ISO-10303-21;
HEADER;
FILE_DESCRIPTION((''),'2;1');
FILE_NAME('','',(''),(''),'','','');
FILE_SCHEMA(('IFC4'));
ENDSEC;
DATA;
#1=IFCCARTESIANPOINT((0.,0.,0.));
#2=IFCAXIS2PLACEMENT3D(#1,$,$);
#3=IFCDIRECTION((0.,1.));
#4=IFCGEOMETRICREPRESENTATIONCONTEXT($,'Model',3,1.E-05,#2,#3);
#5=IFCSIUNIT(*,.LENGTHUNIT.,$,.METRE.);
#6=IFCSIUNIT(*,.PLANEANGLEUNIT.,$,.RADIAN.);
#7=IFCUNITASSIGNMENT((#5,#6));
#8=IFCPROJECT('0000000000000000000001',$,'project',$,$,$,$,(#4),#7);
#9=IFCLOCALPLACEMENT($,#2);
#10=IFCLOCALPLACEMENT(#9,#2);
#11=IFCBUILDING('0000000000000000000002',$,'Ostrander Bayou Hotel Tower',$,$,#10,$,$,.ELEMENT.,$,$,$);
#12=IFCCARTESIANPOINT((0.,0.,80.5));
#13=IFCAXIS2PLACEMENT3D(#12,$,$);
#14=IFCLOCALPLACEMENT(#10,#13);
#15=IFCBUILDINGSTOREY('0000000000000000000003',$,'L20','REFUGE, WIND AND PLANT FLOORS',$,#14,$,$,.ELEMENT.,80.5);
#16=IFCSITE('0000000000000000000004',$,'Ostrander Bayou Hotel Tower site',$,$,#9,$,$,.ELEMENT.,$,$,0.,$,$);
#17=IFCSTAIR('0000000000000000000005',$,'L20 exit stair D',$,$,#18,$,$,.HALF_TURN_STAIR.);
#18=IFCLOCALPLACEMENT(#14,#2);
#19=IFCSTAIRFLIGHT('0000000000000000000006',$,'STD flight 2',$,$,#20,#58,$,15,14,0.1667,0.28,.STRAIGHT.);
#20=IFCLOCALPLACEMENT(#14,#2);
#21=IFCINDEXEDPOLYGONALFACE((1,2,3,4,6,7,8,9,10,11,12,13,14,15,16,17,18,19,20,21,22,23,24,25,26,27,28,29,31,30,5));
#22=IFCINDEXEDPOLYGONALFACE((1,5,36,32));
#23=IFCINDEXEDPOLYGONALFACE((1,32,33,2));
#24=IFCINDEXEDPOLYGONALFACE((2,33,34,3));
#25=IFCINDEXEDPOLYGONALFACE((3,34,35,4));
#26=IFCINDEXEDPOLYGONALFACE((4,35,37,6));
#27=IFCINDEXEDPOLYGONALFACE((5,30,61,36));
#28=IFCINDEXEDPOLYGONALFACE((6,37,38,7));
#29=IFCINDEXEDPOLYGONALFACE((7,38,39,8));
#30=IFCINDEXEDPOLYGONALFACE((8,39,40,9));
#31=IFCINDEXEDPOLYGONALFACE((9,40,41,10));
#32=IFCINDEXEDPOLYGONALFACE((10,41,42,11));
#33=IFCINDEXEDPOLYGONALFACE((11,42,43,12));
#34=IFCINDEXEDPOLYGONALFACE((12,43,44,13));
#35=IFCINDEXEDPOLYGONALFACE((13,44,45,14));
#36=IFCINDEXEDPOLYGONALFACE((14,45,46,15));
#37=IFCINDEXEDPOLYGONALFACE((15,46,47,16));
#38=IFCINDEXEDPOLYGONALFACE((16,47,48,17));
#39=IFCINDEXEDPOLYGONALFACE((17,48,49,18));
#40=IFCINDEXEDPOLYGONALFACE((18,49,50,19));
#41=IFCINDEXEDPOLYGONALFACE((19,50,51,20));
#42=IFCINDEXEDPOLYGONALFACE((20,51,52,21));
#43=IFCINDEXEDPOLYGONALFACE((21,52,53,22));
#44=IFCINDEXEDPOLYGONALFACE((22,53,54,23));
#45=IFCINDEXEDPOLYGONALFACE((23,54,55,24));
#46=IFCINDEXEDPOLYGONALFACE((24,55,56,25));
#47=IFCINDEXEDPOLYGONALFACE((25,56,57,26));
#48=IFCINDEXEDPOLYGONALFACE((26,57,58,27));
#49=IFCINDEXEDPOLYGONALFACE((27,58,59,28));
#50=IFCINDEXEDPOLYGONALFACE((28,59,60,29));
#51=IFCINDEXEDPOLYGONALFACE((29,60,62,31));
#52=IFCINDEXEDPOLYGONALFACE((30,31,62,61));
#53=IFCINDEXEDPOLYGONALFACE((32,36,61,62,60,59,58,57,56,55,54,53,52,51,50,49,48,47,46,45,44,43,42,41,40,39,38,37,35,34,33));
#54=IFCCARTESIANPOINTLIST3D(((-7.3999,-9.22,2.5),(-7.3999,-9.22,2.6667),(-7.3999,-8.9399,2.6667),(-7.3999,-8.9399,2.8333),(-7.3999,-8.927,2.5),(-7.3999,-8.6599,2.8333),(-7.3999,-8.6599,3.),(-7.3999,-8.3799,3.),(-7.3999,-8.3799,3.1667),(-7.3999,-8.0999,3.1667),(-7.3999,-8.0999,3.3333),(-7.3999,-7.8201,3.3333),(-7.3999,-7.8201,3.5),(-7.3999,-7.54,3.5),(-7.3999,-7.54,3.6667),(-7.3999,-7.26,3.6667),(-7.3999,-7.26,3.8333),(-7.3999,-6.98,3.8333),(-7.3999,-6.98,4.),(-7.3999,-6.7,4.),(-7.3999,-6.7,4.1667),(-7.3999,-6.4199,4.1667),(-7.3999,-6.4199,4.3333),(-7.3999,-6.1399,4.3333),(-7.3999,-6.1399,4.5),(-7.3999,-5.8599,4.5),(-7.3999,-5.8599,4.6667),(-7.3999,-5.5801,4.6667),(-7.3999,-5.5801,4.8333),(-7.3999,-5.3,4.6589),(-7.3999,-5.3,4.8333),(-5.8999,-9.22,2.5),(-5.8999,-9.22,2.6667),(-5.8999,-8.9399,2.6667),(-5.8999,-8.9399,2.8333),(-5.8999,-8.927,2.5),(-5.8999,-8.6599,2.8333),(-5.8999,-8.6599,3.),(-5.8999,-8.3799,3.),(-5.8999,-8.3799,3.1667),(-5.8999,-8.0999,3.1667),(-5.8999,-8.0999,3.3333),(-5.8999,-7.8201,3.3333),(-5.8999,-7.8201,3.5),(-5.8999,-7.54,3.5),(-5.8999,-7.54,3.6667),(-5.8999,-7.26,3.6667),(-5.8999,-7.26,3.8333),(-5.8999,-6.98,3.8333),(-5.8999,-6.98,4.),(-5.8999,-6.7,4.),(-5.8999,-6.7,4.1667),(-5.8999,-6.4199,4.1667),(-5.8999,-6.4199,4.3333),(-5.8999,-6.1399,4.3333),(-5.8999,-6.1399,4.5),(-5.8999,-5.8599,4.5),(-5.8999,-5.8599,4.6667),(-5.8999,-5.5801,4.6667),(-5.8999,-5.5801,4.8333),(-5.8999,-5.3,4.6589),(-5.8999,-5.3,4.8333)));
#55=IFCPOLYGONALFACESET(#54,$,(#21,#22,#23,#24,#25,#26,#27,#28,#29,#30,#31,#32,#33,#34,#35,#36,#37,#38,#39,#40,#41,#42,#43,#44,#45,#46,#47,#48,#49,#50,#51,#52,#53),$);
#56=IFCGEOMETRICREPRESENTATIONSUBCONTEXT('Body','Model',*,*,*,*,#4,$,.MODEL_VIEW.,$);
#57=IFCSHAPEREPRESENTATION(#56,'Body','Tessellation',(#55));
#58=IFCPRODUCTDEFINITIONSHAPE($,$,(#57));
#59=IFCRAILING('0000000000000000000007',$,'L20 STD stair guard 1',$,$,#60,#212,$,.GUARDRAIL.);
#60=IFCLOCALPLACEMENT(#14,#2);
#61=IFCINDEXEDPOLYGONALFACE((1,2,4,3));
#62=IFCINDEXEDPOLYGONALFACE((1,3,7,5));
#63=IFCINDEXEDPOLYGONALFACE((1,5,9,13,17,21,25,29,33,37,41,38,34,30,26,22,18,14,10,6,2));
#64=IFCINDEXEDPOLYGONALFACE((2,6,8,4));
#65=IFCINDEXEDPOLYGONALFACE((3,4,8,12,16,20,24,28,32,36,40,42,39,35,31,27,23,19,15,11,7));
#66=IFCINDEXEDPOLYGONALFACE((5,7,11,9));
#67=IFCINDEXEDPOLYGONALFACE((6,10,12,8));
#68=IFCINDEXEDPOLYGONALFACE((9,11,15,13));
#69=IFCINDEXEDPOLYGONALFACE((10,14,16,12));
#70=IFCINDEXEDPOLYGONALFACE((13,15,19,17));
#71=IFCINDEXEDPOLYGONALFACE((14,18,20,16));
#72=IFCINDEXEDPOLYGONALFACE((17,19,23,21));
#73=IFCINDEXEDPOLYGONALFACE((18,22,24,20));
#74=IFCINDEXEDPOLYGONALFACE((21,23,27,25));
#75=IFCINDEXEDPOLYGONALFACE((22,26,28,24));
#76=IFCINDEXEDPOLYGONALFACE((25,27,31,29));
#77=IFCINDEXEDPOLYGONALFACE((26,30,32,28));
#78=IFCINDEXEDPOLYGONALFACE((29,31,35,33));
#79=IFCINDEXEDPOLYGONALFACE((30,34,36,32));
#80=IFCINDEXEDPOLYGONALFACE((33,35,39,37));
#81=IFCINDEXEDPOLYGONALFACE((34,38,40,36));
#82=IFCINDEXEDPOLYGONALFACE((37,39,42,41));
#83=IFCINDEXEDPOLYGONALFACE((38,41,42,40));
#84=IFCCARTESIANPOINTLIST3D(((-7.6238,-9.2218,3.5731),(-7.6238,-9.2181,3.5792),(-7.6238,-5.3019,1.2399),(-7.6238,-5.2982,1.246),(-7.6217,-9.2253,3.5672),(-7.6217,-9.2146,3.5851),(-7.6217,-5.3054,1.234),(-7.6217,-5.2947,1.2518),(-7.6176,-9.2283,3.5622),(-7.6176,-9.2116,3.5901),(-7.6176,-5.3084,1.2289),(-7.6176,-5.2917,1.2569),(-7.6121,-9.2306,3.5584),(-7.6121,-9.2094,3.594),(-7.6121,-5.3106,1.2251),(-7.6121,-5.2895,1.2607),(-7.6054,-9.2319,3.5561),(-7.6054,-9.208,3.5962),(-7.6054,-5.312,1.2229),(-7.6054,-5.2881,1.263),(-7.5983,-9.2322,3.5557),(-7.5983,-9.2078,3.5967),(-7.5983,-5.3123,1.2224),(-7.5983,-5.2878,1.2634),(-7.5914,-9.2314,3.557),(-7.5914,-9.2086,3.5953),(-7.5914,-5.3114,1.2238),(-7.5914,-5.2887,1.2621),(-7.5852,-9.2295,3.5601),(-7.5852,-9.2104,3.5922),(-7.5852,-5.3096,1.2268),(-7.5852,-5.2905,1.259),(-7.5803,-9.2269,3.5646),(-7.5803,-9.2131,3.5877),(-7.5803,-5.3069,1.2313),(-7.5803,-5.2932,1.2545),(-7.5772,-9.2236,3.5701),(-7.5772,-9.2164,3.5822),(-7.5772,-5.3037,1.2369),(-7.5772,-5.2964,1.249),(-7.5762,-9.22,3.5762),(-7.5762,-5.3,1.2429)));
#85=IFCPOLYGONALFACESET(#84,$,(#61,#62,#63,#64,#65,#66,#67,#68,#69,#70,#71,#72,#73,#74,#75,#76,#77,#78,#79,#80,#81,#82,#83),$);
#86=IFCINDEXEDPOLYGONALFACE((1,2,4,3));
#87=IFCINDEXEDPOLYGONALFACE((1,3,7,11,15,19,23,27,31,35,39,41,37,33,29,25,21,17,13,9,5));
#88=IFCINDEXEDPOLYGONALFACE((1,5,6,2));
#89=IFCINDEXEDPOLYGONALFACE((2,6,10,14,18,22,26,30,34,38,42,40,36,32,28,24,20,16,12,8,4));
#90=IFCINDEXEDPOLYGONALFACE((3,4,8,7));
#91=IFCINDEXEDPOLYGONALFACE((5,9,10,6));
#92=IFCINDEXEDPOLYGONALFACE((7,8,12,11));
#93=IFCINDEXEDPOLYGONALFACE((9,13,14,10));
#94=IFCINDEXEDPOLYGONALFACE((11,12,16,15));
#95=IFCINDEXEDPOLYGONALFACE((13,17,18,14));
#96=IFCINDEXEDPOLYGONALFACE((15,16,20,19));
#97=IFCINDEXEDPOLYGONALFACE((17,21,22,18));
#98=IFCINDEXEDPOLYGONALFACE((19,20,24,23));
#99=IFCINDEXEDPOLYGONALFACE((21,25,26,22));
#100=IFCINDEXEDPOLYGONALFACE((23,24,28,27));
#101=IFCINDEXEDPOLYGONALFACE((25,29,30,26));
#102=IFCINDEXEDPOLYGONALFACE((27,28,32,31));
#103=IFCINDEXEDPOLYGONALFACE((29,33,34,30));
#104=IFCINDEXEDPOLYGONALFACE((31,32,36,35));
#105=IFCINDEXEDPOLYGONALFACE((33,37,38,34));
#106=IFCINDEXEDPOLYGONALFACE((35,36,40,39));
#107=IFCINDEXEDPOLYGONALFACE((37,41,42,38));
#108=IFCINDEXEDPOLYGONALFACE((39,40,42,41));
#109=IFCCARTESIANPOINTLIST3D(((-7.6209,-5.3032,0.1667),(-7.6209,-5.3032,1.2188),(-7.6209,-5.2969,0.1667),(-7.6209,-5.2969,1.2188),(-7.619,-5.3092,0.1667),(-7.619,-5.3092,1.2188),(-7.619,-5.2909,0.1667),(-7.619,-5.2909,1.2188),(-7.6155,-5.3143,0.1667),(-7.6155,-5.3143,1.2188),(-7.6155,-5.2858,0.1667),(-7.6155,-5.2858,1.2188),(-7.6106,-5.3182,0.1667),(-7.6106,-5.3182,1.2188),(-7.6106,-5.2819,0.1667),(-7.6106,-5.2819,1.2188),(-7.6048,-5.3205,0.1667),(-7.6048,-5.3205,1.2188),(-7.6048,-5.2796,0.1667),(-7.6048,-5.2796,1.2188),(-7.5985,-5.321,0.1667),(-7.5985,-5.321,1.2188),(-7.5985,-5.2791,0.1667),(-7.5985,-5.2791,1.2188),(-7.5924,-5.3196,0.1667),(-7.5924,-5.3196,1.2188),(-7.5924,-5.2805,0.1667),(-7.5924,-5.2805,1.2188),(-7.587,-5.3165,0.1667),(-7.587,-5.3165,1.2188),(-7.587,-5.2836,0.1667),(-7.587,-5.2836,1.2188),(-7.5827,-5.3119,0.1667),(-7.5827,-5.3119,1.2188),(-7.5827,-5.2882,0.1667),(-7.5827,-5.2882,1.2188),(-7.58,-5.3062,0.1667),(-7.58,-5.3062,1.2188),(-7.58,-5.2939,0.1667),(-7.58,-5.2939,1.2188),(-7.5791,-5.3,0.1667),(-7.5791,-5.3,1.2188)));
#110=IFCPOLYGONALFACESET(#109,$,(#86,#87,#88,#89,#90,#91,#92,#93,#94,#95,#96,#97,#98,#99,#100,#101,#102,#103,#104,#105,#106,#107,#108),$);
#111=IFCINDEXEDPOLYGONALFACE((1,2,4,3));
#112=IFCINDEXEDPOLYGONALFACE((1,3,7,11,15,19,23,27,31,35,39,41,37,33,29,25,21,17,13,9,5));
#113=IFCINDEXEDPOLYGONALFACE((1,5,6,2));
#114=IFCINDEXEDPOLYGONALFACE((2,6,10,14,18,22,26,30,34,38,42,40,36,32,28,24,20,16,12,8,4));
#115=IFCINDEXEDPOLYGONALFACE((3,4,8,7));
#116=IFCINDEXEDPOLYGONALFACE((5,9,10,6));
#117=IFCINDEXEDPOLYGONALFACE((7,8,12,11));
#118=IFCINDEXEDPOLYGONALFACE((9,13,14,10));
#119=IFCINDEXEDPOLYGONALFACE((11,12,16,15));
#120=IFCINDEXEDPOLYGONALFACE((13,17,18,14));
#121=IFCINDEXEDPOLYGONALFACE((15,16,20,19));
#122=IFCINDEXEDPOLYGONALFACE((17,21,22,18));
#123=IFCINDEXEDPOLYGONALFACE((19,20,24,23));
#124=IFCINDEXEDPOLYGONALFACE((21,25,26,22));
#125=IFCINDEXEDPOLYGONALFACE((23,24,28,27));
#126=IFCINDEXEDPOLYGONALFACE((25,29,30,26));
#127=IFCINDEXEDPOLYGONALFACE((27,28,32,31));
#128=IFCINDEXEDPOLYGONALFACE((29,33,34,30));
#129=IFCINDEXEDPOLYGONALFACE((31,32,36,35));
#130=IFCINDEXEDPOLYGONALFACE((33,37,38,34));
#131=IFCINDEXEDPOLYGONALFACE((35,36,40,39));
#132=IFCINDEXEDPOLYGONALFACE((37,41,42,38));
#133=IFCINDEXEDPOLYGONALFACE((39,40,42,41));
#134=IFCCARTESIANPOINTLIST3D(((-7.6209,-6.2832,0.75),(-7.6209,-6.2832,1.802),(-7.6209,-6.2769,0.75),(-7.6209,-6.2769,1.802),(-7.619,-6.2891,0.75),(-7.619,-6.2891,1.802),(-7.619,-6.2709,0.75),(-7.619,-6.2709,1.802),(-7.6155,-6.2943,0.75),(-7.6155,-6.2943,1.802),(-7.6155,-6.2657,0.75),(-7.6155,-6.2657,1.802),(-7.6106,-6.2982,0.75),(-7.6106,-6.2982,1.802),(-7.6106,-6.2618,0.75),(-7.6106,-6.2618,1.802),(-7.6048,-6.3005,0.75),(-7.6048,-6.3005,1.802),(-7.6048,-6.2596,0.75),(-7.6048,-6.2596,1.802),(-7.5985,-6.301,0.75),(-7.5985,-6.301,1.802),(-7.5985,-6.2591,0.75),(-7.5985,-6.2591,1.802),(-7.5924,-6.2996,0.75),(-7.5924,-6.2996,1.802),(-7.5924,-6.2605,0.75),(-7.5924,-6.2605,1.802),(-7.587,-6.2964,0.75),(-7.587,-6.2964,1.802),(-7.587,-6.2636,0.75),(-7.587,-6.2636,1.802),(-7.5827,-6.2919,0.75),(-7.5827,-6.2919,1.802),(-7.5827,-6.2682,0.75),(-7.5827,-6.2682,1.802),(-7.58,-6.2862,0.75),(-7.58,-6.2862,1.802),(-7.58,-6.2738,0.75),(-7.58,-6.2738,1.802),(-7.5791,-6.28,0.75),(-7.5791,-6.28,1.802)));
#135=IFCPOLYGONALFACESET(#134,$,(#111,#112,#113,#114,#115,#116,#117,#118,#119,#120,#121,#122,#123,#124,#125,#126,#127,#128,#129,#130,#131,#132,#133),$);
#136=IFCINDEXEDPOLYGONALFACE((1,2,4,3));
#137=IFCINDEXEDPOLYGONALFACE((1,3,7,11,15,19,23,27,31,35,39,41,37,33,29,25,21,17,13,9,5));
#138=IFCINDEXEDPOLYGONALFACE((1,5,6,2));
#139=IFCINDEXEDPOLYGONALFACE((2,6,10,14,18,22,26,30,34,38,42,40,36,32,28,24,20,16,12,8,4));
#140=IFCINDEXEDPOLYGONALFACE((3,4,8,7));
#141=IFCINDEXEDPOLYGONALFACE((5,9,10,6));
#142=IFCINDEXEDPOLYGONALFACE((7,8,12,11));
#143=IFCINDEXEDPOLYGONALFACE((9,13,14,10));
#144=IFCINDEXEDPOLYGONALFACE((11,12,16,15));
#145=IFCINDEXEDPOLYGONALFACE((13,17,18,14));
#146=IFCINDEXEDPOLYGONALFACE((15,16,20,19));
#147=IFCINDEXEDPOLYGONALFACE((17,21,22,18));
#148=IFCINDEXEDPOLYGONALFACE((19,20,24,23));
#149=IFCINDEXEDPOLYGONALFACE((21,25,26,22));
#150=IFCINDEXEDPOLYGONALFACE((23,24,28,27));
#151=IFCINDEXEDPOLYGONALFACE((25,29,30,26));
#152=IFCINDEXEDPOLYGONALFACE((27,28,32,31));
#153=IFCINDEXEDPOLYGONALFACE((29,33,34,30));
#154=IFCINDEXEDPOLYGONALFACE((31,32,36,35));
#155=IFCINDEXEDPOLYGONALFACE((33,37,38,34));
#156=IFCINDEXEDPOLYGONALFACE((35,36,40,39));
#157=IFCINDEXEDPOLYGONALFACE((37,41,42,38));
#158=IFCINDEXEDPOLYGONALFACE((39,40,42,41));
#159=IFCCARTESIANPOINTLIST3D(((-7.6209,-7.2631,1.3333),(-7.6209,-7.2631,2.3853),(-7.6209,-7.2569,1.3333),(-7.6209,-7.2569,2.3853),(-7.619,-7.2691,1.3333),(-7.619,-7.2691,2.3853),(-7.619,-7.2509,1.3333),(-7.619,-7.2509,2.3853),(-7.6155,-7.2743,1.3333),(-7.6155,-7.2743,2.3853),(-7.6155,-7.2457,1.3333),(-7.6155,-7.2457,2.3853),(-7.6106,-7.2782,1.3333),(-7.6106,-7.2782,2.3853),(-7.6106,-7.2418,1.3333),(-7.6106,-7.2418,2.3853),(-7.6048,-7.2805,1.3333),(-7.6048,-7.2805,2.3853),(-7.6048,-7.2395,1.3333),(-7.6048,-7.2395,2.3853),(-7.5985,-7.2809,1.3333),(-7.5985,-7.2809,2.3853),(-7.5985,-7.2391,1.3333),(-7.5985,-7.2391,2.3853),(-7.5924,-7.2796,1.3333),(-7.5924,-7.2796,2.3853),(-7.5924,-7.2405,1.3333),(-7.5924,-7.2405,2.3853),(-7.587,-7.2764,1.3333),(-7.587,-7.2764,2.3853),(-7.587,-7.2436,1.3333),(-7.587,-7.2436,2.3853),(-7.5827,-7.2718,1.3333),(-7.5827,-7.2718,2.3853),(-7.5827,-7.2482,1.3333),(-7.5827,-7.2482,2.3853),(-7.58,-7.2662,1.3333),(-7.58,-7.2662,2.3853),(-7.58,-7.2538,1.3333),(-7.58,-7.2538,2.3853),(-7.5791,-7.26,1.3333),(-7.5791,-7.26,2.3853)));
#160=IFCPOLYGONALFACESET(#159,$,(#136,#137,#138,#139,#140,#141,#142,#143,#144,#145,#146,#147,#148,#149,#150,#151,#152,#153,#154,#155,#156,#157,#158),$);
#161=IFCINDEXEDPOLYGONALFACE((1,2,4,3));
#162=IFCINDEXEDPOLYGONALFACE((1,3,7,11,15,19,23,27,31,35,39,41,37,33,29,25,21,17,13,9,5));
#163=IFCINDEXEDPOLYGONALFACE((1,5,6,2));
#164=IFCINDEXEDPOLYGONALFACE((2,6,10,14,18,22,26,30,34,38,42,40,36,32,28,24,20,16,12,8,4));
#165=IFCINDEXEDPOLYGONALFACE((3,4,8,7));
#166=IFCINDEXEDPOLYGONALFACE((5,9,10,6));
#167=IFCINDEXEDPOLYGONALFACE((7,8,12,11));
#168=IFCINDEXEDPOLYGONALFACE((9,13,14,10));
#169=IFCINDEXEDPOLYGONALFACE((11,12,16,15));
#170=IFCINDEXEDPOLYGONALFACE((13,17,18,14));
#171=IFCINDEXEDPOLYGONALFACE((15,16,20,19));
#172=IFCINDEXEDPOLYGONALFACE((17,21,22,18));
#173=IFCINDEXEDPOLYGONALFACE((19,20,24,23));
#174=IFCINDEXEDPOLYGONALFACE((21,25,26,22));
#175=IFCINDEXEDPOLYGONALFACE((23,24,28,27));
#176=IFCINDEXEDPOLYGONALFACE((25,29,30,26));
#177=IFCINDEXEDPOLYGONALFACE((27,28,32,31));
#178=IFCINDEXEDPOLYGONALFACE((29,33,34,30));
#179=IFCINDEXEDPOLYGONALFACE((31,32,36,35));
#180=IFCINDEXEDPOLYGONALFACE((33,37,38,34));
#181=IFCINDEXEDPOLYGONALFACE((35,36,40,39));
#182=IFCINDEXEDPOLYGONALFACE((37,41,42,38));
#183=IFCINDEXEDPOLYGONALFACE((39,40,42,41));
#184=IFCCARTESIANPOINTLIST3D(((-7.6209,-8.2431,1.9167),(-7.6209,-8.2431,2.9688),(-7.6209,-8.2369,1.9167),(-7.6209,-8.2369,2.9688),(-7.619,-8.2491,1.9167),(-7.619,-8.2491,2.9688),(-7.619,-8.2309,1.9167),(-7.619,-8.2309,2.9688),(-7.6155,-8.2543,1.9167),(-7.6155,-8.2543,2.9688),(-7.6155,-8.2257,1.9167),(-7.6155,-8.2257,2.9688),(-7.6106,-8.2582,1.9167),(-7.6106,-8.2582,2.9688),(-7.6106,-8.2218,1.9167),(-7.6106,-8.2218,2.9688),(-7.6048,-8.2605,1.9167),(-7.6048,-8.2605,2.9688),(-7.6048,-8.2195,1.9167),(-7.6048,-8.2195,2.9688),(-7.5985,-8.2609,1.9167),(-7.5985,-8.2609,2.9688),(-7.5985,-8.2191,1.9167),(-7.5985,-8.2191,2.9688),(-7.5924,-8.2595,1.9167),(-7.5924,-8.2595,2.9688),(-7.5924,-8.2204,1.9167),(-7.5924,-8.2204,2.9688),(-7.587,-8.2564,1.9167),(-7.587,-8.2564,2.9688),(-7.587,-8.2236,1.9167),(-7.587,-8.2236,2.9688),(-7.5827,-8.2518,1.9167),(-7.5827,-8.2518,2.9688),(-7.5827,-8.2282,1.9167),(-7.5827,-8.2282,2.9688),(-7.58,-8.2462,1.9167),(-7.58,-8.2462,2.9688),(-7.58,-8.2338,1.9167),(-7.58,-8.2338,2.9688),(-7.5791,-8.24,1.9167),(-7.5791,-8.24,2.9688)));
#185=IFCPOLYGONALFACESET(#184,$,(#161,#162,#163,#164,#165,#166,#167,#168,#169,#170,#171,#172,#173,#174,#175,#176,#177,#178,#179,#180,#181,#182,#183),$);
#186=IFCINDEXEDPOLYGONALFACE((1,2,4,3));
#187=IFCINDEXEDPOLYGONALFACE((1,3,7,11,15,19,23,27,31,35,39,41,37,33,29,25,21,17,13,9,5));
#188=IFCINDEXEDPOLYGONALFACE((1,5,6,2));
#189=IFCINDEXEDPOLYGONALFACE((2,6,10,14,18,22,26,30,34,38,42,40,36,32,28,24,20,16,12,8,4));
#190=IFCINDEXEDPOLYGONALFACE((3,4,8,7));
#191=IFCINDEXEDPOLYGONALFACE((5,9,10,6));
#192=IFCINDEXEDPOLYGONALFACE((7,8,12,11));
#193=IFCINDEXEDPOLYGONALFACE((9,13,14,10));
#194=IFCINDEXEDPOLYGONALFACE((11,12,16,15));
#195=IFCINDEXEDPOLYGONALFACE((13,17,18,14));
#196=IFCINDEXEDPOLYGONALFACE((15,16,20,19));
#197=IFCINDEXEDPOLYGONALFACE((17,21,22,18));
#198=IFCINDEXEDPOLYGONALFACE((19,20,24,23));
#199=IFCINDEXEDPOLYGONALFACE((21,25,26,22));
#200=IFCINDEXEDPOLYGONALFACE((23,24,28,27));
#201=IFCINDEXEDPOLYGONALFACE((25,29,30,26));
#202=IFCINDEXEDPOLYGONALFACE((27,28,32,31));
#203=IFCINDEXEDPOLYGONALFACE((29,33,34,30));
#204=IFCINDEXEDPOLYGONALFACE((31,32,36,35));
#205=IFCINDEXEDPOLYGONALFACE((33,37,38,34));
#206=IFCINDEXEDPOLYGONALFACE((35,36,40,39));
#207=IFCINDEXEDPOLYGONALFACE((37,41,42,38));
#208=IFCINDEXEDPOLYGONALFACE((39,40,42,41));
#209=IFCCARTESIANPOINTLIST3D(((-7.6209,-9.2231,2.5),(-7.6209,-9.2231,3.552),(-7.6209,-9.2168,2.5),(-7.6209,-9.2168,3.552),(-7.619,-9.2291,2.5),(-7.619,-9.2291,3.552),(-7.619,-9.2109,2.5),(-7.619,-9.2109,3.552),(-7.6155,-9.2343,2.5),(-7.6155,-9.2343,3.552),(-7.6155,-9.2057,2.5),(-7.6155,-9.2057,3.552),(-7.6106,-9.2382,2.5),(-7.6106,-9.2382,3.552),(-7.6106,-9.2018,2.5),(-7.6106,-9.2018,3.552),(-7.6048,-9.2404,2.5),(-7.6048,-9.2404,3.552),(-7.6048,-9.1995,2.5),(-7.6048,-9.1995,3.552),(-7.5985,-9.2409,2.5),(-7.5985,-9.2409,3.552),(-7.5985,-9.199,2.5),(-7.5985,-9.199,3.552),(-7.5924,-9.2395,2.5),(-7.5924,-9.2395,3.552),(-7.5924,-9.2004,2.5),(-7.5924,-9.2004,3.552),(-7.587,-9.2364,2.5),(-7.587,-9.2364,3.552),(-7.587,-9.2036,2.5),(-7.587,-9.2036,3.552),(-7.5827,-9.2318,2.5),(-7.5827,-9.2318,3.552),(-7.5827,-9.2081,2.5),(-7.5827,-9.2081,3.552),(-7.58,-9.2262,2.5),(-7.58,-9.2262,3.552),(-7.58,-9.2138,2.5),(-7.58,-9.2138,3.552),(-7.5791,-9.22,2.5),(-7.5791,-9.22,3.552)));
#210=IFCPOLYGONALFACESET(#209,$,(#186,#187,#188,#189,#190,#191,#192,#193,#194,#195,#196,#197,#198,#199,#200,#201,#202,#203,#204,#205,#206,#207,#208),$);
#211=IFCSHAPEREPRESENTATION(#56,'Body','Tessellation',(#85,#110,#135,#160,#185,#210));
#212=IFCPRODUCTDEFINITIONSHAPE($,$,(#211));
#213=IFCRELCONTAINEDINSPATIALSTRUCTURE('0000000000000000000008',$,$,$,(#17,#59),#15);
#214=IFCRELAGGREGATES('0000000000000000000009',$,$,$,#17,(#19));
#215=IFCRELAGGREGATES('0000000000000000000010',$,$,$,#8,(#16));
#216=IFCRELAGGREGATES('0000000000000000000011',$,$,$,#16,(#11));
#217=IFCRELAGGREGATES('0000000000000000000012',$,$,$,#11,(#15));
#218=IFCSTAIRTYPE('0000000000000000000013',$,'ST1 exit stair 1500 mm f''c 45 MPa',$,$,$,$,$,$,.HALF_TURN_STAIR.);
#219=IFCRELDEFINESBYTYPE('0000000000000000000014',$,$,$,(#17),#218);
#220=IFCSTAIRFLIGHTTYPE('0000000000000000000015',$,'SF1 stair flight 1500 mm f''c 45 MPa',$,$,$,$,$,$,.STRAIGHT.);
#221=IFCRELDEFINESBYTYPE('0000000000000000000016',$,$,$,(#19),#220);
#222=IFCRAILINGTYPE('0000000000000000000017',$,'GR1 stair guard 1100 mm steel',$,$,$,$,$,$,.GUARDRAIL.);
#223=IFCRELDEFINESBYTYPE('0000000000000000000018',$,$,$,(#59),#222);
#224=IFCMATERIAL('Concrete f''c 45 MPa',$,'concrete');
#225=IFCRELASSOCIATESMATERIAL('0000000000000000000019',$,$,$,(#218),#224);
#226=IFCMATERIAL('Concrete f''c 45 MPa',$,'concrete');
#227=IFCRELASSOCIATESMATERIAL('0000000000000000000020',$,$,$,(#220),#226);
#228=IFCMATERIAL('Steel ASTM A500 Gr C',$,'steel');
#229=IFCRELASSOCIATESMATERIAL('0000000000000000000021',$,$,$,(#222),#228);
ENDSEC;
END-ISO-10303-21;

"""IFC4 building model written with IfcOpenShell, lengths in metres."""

from ifc_helpers import new_model, si_unit, direction, frame, origin, origin_2d, place, context, subcontext, project, spatial, polyline, circle, outline, extrude, material, type_object, element, aggregate, save


model = new_model("IFC4")

# Units and contexts
model_context = context("Model", 3, precision=1e-05, world=origin(), true_north=direction((0.0, 1.0)))
body_context = subcontext(model_context, "Body", "Model", "MODEL_VIEW")
ifc_project = project(units=[si_unit("LENGTHUNIT", "METRE"), si_unit("PLANEANGLEUNIT", "RADIAN")], contexts=[model_context])

# Site, building, storey
site_placement = place(None, origin())
site = spatial("IfcSite", under=ifc_project, at=site_placement, Name="Ostrander Bayou Hotel Tower site", CompositionType="ELEMENT", RefElevation=0.0)
building_placement = place(site_placement, origin())
building = spatial("IfcBuilding", under=site, at=building_placement, Name="Ostrander Bayou Hotel Tower", CompositionType="ELEMENT")
storey_placement = place(building_placement, frame((0.0, 0.0, 80.5)))
storey = spatial("IfcBuildingStorey", under=building, at=storey_placement, Name="L20", Description="REFUGE, WIND AND PLANT FLOORS", CompositionType="ELEMENT", Elevation=80.5)

# Stair, stair flight
ifc_material_1 = material(Name="Concrete f'c 45 MPa", Category="concrete")
stair_type = type_object("IfcStairType", Name="ST1 exit stair 1500 mm f'c 45 MPa", PredefinedType="HALF_TURN_STAIR", material=ifc_material_1)
stair_placement = place(storey_placement, origin())
stair = element("IfcStair", 1, at=stair_placement, inside=storey, type_object=stair_type, Name="L20 exit stair D", PredefinedType="HALF_TURN_STAIR")
ifc_material_2 = material(Name="Concrete f'c 45 MPa", Category="concrete")
stair_flight_type = type_object("IfcStairFlightType", Name="SF1 stair flight 1500 mm f'c 45 MPa", PredefinedType="STRAIGHT", material=ifc_material_2)
stair_flight_1_placement = place(storey_placement, frame((-6.6499, -9.22, 2.5), z_axis=(0.0, 0.0, 1.0), x_axis=(0.0, 1.0, 0.0)))
stair_flight_1 = element("IfcStairFlight", 2, at=stair_flight_1_placement, type_object=stair_flight_type, Name="STD flight 2", NumberOfRisers=15, NumberOfTreads=14, PredefinedType="STRAIGHT", RiserHeight=0.1667, TreadLength=0.28, context=body_context, shape_type="SweptSolid", body=[
    extrude(outline(polyline([(0.0, 0.0), (0.0, 0.1667), (0.28, 0.1667), (0.28, 0.3333), (0.5601, 0.3333), (0.5601, 0.5), (0.8401, 0.5), (0.8401, 0.6667), (1.1201, 0.6667), (1.1201, 0.8333), (1.3999, 0.8333), (1.3999, 1.0), (1.6799, 1.0), (1.6799, 1.1667), (1.96, 1.1667), (1.96, 1.3333), (2.24, 1.3333), (2.24, 1.5), (2.52, 1.5), (2.52, 1.6667), (2.8, 1.6667), (2.8, 1.8333), (3.0801, 1.8333), (3.0801, 2.0), (3.3601, 2.0), (3.3601, 2.1667), (3.6399, 2.1667), (3.6399, 2.3333), (3.9199, 2.3333), (3.9199, 2.5), (3.9199, 2.1589), (0.293, 0.0), (0.0, 0.0)])), frame((0.0, 0.75, 0.0), z_axis=(0.0, -1.0, 0.0), x_axis=(1.0, 0.0, 0.0)), (0.0, 0.0, 1.0), 1.5),
])
aggregate(stair, [stair_flight_1])

# Railing
ifc_material_3 = material(Name="Steel ASTM A500 Gr C", Category="steel")
railing_type_1 = type_object("IfcRailingType", Name="GR1 stair guard 1100 mm steel", PredefinedType="GUARDRAIL", material=ifc_material_3)
railing_1_placement = place(storey_placement, frame((-7.6001, -5.3, 0.1667)))
element("IfcRailing", 3, at=railing_1_placement, inside=storey, type_object=railing_type_1, Name="L20 STD stair guard 1", PredefinedType="GUARDRAIL", context=body_context, shape_type="SweptSolid", body=[
    extrude(circle(Radius=0.0239, at=origin_2d()), frame((0.0, 0.0, 1.0762), z_axis=(0.0, -0.859296, 0.511478), x_axis=(1.0, 0.0, 0.0)), (0.0, 0.0, 1.0), 4.5618),
    extrude(circle(Radius=0.021, at=origin_2d()), origin(), (0.0, 0.0, 1.0), 1.052),
    extrude(circle(Radius=0.021, at=origin_2d()), frame((0.0, -0.98, 0.5833)), (0.0, 0.0, 1.0), 1.052),
    extrude(circle(Radius=0.021, at=origin_2d()), frame((0.0, -1.96, 1.1665)), (0.0, 0.0, 1.0), 1.052),
    extrude(circle(Radius=0.021, at=origin_2d()), frame((0.0, -2.9399, 1.75)), (0.0, 0.0, 1.0), 1.052),
    extrude(circle(Radius=0.021, at=origin_2d()), frame((0.0, -3.9199, 2.3333)), (0.0, 0.0, 1.0), 1.052),
])

save(model, "model.ifc")
